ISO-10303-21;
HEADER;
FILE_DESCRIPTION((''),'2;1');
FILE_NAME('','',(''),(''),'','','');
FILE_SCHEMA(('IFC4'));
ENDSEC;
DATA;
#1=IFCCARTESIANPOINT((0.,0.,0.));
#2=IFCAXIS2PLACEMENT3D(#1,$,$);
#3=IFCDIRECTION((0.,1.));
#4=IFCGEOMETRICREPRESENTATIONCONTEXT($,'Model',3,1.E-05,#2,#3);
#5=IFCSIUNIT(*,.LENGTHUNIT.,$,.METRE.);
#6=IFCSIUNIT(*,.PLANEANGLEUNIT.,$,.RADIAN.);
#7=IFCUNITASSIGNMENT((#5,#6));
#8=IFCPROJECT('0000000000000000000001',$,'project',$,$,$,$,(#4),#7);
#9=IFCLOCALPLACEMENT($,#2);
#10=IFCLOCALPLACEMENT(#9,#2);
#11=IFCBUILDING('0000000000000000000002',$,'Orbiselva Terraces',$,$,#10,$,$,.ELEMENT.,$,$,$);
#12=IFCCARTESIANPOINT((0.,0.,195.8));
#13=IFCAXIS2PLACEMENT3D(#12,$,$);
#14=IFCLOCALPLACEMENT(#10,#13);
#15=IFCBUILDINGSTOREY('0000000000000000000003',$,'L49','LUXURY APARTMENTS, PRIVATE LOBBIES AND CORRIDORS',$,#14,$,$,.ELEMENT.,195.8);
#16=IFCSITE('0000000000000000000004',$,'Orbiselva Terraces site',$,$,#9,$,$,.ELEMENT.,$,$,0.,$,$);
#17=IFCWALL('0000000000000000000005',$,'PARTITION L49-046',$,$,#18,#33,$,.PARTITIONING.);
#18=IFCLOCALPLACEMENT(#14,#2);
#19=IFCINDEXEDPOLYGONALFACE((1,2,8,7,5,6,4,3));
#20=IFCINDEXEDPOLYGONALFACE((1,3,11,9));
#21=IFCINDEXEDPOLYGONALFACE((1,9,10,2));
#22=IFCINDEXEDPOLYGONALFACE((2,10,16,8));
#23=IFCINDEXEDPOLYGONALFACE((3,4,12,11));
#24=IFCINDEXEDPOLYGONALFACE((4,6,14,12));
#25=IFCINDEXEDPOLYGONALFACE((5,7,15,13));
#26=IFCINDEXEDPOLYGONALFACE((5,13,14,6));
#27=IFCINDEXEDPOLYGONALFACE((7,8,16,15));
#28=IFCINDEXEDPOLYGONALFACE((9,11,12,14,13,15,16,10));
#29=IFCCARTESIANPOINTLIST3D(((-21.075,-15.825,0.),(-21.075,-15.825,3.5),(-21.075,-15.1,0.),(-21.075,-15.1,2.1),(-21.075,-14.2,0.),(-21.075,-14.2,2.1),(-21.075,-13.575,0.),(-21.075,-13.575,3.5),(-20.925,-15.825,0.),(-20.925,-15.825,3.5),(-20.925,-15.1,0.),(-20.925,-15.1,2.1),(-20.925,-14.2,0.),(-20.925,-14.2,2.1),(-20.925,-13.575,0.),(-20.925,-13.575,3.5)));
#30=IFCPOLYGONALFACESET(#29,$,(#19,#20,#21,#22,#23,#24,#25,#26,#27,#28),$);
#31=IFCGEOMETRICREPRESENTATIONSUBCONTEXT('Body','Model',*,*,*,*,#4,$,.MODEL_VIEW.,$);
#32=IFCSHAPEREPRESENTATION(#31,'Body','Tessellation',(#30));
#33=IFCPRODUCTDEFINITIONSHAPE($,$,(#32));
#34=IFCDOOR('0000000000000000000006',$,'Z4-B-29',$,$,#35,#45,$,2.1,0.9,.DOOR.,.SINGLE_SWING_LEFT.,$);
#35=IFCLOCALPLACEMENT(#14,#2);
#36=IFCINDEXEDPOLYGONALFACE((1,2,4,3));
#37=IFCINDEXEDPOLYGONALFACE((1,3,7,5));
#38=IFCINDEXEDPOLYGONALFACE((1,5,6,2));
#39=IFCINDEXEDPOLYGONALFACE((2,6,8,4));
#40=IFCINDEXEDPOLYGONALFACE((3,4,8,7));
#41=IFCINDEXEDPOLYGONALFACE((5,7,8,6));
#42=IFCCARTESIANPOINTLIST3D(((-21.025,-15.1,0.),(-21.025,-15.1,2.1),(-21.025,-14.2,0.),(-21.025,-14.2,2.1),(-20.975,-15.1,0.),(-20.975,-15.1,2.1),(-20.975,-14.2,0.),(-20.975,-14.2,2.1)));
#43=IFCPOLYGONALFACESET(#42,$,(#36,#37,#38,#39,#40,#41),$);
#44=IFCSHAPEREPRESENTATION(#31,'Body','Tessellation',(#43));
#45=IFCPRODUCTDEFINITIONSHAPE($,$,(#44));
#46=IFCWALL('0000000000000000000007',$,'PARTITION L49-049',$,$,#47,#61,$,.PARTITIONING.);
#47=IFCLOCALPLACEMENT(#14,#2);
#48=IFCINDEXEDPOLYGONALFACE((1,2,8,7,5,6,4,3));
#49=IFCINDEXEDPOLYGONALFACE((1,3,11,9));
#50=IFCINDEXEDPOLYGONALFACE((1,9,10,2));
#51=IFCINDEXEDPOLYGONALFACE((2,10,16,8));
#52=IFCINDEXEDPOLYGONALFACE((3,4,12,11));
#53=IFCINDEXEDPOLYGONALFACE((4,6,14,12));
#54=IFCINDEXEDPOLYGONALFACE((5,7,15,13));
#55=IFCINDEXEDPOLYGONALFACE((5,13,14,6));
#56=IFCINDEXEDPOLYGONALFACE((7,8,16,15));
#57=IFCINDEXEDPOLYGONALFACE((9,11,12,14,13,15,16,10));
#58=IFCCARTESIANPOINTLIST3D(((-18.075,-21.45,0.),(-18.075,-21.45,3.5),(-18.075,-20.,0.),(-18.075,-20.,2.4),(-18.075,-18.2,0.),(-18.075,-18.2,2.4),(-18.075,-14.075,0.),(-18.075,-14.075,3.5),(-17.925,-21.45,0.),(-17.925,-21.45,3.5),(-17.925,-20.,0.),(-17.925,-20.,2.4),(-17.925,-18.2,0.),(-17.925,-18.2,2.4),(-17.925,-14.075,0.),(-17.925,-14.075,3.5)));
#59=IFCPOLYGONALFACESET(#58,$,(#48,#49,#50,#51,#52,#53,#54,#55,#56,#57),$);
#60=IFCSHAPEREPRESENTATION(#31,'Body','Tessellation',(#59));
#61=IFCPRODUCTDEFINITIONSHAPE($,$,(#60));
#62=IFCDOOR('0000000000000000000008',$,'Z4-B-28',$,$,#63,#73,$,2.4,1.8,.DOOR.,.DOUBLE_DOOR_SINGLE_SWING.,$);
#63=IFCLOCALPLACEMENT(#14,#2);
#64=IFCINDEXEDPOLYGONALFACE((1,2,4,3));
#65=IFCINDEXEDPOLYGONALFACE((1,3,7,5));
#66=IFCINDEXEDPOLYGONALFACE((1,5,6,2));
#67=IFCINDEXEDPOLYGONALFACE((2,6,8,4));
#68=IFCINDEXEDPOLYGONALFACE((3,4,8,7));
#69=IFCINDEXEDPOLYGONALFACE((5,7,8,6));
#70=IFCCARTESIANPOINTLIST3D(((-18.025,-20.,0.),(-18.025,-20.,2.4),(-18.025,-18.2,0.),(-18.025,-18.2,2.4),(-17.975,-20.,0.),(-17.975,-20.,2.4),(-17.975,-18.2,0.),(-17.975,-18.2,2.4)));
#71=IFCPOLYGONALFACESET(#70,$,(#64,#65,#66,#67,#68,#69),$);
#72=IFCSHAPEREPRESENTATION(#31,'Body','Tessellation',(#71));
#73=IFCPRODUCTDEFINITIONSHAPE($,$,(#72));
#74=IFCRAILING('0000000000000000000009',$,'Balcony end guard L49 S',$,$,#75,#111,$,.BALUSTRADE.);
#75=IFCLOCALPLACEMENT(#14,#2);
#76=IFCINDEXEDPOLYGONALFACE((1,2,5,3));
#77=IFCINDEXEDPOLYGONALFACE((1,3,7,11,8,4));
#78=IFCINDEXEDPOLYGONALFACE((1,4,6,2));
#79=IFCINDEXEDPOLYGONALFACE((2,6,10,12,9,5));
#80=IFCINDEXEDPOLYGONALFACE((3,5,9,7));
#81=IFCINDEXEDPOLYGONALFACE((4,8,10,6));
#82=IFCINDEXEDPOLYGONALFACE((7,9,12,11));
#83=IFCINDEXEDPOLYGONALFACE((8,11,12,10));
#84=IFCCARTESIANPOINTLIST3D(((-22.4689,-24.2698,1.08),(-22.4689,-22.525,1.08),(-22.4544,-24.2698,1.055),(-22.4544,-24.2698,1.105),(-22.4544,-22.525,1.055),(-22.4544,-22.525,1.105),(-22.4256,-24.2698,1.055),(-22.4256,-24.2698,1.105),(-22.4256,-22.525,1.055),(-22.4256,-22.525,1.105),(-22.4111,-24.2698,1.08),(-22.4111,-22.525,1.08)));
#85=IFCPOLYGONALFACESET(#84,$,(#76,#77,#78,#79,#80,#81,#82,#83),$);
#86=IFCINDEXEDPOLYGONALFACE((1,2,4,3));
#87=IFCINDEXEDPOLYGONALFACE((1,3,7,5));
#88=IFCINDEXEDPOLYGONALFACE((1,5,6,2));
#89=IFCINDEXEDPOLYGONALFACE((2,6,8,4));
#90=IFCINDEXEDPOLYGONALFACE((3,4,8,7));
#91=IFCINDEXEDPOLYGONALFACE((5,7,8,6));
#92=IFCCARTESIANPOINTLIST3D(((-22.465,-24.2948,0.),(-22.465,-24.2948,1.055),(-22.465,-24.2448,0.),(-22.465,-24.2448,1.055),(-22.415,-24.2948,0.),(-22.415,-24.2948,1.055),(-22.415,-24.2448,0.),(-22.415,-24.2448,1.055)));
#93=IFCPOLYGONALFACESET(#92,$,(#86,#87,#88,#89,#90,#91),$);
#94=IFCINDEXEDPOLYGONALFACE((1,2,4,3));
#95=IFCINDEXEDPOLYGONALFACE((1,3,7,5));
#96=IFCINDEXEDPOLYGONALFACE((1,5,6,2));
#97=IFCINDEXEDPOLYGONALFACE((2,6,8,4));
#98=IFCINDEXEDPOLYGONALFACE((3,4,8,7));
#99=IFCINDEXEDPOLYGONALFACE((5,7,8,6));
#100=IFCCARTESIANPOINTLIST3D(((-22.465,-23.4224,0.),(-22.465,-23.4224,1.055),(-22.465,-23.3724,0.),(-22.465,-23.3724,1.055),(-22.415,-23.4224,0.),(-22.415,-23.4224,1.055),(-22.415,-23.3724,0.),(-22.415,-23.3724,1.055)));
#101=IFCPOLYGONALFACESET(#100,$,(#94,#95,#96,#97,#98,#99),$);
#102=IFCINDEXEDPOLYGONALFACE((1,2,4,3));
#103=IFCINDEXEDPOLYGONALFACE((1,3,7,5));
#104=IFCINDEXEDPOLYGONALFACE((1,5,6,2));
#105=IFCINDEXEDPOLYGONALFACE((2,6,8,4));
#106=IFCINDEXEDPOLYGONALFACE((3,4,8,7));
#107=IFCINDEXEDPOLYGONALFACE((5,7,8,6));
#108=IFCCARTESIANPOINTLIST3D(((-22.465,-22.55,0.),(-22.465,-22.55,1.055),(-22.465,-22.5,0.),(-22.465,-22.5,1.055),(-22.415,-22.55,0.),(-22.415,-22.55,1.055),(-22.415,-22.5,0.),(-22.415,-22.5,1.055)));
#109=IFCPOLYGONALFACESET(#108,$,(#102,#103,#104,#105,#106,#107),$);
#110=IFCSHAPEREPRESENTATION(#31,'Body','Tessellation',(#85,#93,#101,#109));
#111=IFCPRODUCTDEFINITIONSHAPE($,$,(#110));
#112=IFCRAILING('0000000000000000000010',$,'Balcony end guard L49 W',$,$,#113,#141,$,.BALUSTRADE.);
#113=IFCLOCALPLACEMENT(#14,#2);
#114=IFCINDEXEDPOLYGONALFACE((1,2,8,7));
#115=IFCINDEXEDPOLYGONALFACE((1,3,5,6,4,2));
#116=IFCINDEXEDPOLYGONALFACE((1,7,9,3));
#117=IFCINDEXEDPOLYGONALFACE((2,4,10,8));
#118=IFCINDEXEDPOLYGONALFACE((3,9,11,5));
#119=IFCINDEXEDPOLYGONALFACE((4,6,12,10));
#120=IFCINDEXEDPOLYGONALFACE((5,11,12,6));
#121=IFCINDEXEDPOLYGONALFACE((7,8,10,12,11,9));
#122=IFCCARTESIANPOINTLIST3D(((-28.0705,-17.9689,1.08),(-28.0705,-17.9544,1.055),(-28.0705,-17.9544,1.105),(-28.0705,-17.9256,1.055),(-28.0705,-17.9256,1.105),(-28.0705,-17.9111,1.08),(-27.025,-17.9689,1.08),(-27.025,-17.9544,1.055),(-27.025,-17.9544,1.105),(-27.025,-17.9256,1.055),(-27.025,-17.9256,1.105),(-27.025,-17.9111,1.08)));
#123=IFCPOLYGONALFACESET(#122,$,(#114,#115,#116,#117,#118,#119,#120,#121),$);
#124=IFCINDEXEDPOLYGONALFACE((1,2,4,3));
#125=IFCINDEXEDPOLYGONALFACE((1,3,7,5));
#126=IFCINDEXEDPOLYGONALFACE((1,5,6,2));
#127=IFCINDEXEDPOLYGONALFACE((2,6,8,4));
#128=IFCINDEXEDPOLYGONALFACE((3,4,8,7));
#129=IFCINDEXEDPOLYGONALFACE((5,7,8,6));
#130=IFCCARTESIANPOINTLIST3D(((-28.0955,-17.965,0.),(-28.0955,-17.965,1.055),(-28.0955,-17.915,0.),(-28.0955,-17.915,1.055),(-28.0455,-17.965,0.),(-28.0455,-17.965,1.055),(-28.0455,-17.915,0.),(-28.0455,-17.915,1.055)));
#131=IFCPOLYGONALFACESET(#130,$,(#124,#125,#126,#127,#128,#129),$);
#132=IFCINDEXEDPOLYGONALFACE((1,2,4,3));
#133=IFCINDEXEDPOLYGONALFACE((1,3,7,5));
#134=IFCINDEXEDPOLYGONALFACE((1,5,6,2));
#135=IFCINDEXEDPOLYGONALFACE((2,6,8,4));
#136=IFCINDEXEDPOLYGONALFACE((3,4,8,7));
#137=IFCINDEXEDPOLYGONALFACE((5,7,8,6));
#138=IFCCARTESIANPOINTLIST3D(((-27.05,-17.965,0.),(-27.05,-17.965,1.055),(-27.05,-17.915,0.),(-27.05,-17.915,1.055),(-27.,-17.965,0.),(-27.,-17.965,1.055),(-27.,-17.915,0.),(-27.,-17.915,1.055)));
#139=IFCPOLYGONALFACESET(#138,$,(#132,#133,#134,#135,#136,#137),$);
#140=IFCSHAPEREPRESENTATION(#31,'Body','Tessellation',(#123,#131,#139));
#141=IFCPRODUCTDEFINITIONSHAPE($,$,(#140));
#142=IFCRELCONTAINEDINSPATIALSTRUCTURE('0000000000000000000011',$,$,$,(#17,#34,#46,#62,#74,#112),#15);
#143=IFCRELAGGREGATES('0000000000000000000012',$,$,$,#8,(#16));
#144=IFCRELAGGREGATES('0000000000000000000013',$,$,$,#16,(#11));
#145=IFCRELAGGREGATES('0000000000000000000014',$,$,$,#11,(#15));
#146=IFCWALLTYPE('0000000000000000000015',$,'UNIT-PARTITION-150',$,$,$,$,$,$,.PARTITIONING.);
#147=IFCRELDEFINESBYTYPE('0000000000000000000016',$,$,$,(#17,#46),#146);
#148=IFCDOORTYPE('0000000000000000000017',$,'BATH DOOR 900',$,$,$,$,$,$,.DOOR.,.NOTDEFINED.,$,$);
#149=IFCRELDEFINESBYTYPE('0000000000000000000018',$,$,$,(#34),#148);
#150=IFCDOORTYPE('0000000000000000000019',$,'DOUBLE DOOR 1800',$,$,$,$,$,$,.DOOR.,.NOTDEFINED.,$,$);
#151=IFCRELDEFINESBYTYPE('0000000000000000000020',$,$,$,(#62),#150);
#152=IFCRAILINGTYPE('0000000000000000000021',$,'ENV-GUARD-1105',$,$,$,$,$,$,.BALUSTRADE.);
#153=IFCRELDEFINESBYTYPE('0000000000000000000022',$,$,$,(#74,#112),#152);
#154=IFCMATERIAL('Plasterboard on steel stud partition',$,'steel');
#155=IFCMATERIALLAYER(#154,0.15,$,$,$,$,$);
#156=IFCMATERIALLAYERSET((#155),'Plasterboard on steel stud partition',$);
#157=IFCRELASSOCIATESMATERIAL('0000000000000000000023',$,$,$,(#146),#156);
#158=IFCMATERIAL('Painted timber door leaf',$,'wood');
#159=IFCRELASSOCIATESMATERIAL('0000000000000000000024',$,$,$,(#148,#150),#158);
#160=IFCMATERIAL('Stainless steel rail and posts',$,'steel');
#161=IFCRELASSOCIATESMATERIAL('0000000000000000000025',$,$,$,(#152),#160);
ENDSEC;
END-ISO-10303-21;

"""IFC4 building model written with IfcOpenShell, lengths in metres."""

from ifc_helpers import new_model, si_unit, direction, frame, frame_2d, origin, origin_2d, place, context, subcontext, project, spatial, polyline, rectangle, outline, extrude, material, layer, layer_set, type_object, element, fill, save


model = new_model("IFC4")

# Units and contexts
model_context = context("Model", 3, precision=1e-05, world=origin(), true_north=direction((0.0, 1.0)))
body_context = subcontext(model_context, "Body", "Model", "MODEL_VIEW")
ifc_project = project(units=[si_unit("LENGTHUNIT", "METRE"), si_unit("PLANEANGLEUNIT", "RADIAN")], contexts=[model_context])

# Site, building, storey
site_placement = place(None, origin())
site = spatial("IfcSite", under=ifc_project, at=site_placement, Name="Orbiselva Terraces site", CompositionType="ELEMENT", RefElevation=0.0)
building_placement = place(site_placement, origin())
building = spatial("IfcBuilding", under=site, at=building_placement, Name="Orbiselva Terraces", CompositionType="ELEMENT")
storey_placement = place(building_placement, frame((0.0, 0.0, 195.8)))
storey = spatial("IfcBuildingStorey", under=building, at=storey_placement, Name="L49", Description="LUXURY APARTMENTS, PRIVATE LOBBIES AND CORRIDORS", CompositionType="ELEMENT", Elevation=195.8)

# Shared definitions
ifc_material_1 = material(Name="Plasterboard on steel stud partition", Category="steel")
ifc_layer_1 = layer(ifc_material_1, 0.15)
ifc_layer_set_1 = layer_set([ifc_layer_1], Name="Plasterboard on steel stud partition")
wall_type_1 = type_object("IfcWallType", Name="UNIT-PARTITION-150", PredefinedType="PARTITIONING", material=ifc_layer_set_1)

# Walls, openings, doors
wall_1_placement = place(storey_placement, frame((-21.0, -13.575, 0.0), z_axis=(0.0, 0.0, 1.0), x_axis=(0.0, -1.0, 0.0)))
wall_1 = element("IfcWall", 1, at=wall_1_placement, inside=storey, type_object=wall_type_1, Name="PARTITION L49-046", PredefinedType="PARTITIONING", context=body_context, shape_type="SweptSolid", body=[
    extrude(rectangle(XDim=2.25, YDim=0.15, at=frame_2d((1.125, 0.0))), origin(), (0.0, 0.0, 1.0), 3.5),
])
opening_1_placement = place(wall_1_placement, frame((0.625, 0.0, 0.0)))
opening_1 = element("IfcOpeningElement", 2, at=opening_1_placement, cuts=wall_1, PredefinedType="OPENING", context=body_context, shape_type="SweptSolid", body=[
    extrude(rectangle(XDim=0.9, YDim=2.1, at=frame_2d((0.45, 1.05))), frame((0.0, 0.085, 0.0), z_axis=(0.0, -1.0, 0.0), x_axis=(1.0, 0.0, 0.0)), (0.0, 0.0, 1.0), 0.17),
])
ifc_material_2 = material(Name="Painted timber door leaf", Category="wood")
door_type_1 = type_object("IfcDoorType", Name="BATH DOOR 900", OperationType="NOTDEFINED", PredefinedType="DOOR", material=ifc_material_2)
door_1_placement = place(opening_1_placement, origin())
door_1 = element("IfcDoor", 3, at=door_1_placement, inside=storey, type_object=door_type_1, Name="Z4-B-29", OperationType="SINGLE_SWING_LEFT", OverallHeight=2.1, OverallWidth=0.9, PredefinedType="DOOR", context=body_context, shape_type="SweptSolid", body=[
    extrude(rectangle(XDim=0.9, YDim=2.1, at=frame_2d((0.45, 1.05))), frame((0.0, 0.025, 0.0), z_axis=(0.0, -1.0, 0.0), x_axis=(1.0, 0.0, 0.0)), (0.0, 0.0, 1.0), 0.05),
])
fill(opening_1, door_1)
wall_2_placement = place(storey_placement, frame((-18.0, -21.45, 0.0), z_axis=(0.0, 0.0, 1.0), x_axis=(0.0, 1.0, 0.0)))
wall_2 = element("IfcWall", 4, at=wall_2_placement, inside=storey, type_object=wall_type_1, Name="PARTITION L49-049", PredefinedType="PARTITIONING", context=body_context, shape_type="SweptSolid", body=[
    extrude(rectangle(XDim=7.375, YDim=0.15, at=frame_2d((3.6875, 0.0))), origin(), (0.0, 0.0, 1.0), 3.5),
])
opening_2_placement = place(wall_2_placement, frame((1.45, 0.0, 0.0)))
opening_2 = element("IfcOpeningElement", 5, at=opening_2_placement, cuts=wall_2, PredefinedType="OPENING", context=body_context, shape_type="SweptSolid", body=[
    extrude(rectangle(XDim=1.8, YDim=2.4, at=frame_2d((0.9, 1.2))), frame((0.0, 0.085, 0.0), z_axis=(0.0, -1.0, 0.0), x_axis=(1.0, 0.0, 0.0)), (0.0, 0.0, 1.0), 0.17),
])
door_type_2 = type_object("IfcDoorType", Name="DOUBLE DOOR 1800", OperationType="NOTDEFINED", PredefinedType="DOOR", material=ifc_material_2)
door_2_placement = place(opening_2_placement, origin())
door_2 = element("IfcDoor", 6, at=door_2_placement, inside=storey, type_object=door_type_2, Name="Z4-B-28", OperationType="DOUBLE_DOOR_SINGLE_SWING", OverallHeight=2.4, OverallWidth=1.8, PredefinedType="DOOR", context=body_context, shape_type="SweptSolid", body=[
    extrude(rectangle(XDim=1.8, YDim=2.4, at=frame_2d((0.9, 1.2))), frame((0.0, 0.025, 0.0), z_axis=(0.0, -1.0, 0.0), x_axis=(1.0, 0.0, 0.0)), (0.0, 0.0, 1.0), 0.05),
])
fill(opening_2, door_2)

# Railings
ifc_material_3 = material(Name="Stainless steel rail and posts", Category="steel")
railing_type_1 = type_object("IfcRailingType", Name="ENV-GUARD-1105", PredefinedType="BALUSTRADE", material=ifc_material_3)
railing_1_placement = place(storey_placement, frame((-22.44, -24.2698, 0.0)))
element("IfcRailing", 7, at=railing_1_placement, inside=storey, type_object=railing_type_1, Name="Balcony end guard L49 S", PredefinedType="BALUSTRADE", context=body_context, shape_type="SweptSolid", body=[
    extrude(outline(polyline([(0.0289, 0.0), (0.0144, 0.025), (-0.0144, 0.025), (-0.0289, 0.0), (-0.0144, -0.025), (0.0144, -0.025), (0.0289, 0.0)])), frame((0.0, 0.0, 1.08), z_axis=(0.0, 1.0, 0.0), x_axis=(-1.0, 0.0, 0.0)), (0.0, 0.0, 1.0), 1.7448),
    extrude(rectangle(XDim=0.05, YDim=0.05, at=origin_2d()), origin(), (0.0, 0.0, 1.0), 1.055),
    extrude(rectangle(XDim=0.05, YDim=0.05, at=origin_2d()), frame((0.0, 0.8724, 0.0)), (0.0, 0.0, 1.0), 1.055),
    extrude(rectangle(XDim=0.05, YDim=0.05, at=origin_2d()), frame((0.0, 1.7448, 0.0)), (0.0, 0.0, 1.0), 1.055),
])
railing_2_placement = place(storey_placement, frame((-28.0705, -17.94, 0.0)))
element("IfcRailing", 8, at=railing_2_placement, inside=storey, type_object=railing_type_1, Name="Balcony end guard L49 W", PredefinedType="BALUSTRADE", context=body_context, shape_type="SweptSolid", body=[
    extrude(outline(polyline([(0.0289, 0.0), (0.0144, 0.025), (-0.0144, 0.025), (-0.0289, 0.0), (-0.0144, -0.025), (0.0144, -0.025), (0.0289, 0.0)])), frame((0.0, 0.0, 1.08), z_axis=(1.0, 0.0, 0.0), x_axis=(0.0, 1.0, 0.0)), (0.0, 0.0, 1.0), 1.0455),
    extrude(rectangle(XDim=0.05, YDim=0.05, at=origin_2d()), origin(), (0.0, 0.0, 1.0), 1.055),
    extrude(rectangle(XDim=0.05, YDim=0.05, at=origin_2d()), frame((1.0455, 0.0, 0.0)), (0.0, 0.0, 1.0), 1.055),
])

save(model, "model.ifc")
